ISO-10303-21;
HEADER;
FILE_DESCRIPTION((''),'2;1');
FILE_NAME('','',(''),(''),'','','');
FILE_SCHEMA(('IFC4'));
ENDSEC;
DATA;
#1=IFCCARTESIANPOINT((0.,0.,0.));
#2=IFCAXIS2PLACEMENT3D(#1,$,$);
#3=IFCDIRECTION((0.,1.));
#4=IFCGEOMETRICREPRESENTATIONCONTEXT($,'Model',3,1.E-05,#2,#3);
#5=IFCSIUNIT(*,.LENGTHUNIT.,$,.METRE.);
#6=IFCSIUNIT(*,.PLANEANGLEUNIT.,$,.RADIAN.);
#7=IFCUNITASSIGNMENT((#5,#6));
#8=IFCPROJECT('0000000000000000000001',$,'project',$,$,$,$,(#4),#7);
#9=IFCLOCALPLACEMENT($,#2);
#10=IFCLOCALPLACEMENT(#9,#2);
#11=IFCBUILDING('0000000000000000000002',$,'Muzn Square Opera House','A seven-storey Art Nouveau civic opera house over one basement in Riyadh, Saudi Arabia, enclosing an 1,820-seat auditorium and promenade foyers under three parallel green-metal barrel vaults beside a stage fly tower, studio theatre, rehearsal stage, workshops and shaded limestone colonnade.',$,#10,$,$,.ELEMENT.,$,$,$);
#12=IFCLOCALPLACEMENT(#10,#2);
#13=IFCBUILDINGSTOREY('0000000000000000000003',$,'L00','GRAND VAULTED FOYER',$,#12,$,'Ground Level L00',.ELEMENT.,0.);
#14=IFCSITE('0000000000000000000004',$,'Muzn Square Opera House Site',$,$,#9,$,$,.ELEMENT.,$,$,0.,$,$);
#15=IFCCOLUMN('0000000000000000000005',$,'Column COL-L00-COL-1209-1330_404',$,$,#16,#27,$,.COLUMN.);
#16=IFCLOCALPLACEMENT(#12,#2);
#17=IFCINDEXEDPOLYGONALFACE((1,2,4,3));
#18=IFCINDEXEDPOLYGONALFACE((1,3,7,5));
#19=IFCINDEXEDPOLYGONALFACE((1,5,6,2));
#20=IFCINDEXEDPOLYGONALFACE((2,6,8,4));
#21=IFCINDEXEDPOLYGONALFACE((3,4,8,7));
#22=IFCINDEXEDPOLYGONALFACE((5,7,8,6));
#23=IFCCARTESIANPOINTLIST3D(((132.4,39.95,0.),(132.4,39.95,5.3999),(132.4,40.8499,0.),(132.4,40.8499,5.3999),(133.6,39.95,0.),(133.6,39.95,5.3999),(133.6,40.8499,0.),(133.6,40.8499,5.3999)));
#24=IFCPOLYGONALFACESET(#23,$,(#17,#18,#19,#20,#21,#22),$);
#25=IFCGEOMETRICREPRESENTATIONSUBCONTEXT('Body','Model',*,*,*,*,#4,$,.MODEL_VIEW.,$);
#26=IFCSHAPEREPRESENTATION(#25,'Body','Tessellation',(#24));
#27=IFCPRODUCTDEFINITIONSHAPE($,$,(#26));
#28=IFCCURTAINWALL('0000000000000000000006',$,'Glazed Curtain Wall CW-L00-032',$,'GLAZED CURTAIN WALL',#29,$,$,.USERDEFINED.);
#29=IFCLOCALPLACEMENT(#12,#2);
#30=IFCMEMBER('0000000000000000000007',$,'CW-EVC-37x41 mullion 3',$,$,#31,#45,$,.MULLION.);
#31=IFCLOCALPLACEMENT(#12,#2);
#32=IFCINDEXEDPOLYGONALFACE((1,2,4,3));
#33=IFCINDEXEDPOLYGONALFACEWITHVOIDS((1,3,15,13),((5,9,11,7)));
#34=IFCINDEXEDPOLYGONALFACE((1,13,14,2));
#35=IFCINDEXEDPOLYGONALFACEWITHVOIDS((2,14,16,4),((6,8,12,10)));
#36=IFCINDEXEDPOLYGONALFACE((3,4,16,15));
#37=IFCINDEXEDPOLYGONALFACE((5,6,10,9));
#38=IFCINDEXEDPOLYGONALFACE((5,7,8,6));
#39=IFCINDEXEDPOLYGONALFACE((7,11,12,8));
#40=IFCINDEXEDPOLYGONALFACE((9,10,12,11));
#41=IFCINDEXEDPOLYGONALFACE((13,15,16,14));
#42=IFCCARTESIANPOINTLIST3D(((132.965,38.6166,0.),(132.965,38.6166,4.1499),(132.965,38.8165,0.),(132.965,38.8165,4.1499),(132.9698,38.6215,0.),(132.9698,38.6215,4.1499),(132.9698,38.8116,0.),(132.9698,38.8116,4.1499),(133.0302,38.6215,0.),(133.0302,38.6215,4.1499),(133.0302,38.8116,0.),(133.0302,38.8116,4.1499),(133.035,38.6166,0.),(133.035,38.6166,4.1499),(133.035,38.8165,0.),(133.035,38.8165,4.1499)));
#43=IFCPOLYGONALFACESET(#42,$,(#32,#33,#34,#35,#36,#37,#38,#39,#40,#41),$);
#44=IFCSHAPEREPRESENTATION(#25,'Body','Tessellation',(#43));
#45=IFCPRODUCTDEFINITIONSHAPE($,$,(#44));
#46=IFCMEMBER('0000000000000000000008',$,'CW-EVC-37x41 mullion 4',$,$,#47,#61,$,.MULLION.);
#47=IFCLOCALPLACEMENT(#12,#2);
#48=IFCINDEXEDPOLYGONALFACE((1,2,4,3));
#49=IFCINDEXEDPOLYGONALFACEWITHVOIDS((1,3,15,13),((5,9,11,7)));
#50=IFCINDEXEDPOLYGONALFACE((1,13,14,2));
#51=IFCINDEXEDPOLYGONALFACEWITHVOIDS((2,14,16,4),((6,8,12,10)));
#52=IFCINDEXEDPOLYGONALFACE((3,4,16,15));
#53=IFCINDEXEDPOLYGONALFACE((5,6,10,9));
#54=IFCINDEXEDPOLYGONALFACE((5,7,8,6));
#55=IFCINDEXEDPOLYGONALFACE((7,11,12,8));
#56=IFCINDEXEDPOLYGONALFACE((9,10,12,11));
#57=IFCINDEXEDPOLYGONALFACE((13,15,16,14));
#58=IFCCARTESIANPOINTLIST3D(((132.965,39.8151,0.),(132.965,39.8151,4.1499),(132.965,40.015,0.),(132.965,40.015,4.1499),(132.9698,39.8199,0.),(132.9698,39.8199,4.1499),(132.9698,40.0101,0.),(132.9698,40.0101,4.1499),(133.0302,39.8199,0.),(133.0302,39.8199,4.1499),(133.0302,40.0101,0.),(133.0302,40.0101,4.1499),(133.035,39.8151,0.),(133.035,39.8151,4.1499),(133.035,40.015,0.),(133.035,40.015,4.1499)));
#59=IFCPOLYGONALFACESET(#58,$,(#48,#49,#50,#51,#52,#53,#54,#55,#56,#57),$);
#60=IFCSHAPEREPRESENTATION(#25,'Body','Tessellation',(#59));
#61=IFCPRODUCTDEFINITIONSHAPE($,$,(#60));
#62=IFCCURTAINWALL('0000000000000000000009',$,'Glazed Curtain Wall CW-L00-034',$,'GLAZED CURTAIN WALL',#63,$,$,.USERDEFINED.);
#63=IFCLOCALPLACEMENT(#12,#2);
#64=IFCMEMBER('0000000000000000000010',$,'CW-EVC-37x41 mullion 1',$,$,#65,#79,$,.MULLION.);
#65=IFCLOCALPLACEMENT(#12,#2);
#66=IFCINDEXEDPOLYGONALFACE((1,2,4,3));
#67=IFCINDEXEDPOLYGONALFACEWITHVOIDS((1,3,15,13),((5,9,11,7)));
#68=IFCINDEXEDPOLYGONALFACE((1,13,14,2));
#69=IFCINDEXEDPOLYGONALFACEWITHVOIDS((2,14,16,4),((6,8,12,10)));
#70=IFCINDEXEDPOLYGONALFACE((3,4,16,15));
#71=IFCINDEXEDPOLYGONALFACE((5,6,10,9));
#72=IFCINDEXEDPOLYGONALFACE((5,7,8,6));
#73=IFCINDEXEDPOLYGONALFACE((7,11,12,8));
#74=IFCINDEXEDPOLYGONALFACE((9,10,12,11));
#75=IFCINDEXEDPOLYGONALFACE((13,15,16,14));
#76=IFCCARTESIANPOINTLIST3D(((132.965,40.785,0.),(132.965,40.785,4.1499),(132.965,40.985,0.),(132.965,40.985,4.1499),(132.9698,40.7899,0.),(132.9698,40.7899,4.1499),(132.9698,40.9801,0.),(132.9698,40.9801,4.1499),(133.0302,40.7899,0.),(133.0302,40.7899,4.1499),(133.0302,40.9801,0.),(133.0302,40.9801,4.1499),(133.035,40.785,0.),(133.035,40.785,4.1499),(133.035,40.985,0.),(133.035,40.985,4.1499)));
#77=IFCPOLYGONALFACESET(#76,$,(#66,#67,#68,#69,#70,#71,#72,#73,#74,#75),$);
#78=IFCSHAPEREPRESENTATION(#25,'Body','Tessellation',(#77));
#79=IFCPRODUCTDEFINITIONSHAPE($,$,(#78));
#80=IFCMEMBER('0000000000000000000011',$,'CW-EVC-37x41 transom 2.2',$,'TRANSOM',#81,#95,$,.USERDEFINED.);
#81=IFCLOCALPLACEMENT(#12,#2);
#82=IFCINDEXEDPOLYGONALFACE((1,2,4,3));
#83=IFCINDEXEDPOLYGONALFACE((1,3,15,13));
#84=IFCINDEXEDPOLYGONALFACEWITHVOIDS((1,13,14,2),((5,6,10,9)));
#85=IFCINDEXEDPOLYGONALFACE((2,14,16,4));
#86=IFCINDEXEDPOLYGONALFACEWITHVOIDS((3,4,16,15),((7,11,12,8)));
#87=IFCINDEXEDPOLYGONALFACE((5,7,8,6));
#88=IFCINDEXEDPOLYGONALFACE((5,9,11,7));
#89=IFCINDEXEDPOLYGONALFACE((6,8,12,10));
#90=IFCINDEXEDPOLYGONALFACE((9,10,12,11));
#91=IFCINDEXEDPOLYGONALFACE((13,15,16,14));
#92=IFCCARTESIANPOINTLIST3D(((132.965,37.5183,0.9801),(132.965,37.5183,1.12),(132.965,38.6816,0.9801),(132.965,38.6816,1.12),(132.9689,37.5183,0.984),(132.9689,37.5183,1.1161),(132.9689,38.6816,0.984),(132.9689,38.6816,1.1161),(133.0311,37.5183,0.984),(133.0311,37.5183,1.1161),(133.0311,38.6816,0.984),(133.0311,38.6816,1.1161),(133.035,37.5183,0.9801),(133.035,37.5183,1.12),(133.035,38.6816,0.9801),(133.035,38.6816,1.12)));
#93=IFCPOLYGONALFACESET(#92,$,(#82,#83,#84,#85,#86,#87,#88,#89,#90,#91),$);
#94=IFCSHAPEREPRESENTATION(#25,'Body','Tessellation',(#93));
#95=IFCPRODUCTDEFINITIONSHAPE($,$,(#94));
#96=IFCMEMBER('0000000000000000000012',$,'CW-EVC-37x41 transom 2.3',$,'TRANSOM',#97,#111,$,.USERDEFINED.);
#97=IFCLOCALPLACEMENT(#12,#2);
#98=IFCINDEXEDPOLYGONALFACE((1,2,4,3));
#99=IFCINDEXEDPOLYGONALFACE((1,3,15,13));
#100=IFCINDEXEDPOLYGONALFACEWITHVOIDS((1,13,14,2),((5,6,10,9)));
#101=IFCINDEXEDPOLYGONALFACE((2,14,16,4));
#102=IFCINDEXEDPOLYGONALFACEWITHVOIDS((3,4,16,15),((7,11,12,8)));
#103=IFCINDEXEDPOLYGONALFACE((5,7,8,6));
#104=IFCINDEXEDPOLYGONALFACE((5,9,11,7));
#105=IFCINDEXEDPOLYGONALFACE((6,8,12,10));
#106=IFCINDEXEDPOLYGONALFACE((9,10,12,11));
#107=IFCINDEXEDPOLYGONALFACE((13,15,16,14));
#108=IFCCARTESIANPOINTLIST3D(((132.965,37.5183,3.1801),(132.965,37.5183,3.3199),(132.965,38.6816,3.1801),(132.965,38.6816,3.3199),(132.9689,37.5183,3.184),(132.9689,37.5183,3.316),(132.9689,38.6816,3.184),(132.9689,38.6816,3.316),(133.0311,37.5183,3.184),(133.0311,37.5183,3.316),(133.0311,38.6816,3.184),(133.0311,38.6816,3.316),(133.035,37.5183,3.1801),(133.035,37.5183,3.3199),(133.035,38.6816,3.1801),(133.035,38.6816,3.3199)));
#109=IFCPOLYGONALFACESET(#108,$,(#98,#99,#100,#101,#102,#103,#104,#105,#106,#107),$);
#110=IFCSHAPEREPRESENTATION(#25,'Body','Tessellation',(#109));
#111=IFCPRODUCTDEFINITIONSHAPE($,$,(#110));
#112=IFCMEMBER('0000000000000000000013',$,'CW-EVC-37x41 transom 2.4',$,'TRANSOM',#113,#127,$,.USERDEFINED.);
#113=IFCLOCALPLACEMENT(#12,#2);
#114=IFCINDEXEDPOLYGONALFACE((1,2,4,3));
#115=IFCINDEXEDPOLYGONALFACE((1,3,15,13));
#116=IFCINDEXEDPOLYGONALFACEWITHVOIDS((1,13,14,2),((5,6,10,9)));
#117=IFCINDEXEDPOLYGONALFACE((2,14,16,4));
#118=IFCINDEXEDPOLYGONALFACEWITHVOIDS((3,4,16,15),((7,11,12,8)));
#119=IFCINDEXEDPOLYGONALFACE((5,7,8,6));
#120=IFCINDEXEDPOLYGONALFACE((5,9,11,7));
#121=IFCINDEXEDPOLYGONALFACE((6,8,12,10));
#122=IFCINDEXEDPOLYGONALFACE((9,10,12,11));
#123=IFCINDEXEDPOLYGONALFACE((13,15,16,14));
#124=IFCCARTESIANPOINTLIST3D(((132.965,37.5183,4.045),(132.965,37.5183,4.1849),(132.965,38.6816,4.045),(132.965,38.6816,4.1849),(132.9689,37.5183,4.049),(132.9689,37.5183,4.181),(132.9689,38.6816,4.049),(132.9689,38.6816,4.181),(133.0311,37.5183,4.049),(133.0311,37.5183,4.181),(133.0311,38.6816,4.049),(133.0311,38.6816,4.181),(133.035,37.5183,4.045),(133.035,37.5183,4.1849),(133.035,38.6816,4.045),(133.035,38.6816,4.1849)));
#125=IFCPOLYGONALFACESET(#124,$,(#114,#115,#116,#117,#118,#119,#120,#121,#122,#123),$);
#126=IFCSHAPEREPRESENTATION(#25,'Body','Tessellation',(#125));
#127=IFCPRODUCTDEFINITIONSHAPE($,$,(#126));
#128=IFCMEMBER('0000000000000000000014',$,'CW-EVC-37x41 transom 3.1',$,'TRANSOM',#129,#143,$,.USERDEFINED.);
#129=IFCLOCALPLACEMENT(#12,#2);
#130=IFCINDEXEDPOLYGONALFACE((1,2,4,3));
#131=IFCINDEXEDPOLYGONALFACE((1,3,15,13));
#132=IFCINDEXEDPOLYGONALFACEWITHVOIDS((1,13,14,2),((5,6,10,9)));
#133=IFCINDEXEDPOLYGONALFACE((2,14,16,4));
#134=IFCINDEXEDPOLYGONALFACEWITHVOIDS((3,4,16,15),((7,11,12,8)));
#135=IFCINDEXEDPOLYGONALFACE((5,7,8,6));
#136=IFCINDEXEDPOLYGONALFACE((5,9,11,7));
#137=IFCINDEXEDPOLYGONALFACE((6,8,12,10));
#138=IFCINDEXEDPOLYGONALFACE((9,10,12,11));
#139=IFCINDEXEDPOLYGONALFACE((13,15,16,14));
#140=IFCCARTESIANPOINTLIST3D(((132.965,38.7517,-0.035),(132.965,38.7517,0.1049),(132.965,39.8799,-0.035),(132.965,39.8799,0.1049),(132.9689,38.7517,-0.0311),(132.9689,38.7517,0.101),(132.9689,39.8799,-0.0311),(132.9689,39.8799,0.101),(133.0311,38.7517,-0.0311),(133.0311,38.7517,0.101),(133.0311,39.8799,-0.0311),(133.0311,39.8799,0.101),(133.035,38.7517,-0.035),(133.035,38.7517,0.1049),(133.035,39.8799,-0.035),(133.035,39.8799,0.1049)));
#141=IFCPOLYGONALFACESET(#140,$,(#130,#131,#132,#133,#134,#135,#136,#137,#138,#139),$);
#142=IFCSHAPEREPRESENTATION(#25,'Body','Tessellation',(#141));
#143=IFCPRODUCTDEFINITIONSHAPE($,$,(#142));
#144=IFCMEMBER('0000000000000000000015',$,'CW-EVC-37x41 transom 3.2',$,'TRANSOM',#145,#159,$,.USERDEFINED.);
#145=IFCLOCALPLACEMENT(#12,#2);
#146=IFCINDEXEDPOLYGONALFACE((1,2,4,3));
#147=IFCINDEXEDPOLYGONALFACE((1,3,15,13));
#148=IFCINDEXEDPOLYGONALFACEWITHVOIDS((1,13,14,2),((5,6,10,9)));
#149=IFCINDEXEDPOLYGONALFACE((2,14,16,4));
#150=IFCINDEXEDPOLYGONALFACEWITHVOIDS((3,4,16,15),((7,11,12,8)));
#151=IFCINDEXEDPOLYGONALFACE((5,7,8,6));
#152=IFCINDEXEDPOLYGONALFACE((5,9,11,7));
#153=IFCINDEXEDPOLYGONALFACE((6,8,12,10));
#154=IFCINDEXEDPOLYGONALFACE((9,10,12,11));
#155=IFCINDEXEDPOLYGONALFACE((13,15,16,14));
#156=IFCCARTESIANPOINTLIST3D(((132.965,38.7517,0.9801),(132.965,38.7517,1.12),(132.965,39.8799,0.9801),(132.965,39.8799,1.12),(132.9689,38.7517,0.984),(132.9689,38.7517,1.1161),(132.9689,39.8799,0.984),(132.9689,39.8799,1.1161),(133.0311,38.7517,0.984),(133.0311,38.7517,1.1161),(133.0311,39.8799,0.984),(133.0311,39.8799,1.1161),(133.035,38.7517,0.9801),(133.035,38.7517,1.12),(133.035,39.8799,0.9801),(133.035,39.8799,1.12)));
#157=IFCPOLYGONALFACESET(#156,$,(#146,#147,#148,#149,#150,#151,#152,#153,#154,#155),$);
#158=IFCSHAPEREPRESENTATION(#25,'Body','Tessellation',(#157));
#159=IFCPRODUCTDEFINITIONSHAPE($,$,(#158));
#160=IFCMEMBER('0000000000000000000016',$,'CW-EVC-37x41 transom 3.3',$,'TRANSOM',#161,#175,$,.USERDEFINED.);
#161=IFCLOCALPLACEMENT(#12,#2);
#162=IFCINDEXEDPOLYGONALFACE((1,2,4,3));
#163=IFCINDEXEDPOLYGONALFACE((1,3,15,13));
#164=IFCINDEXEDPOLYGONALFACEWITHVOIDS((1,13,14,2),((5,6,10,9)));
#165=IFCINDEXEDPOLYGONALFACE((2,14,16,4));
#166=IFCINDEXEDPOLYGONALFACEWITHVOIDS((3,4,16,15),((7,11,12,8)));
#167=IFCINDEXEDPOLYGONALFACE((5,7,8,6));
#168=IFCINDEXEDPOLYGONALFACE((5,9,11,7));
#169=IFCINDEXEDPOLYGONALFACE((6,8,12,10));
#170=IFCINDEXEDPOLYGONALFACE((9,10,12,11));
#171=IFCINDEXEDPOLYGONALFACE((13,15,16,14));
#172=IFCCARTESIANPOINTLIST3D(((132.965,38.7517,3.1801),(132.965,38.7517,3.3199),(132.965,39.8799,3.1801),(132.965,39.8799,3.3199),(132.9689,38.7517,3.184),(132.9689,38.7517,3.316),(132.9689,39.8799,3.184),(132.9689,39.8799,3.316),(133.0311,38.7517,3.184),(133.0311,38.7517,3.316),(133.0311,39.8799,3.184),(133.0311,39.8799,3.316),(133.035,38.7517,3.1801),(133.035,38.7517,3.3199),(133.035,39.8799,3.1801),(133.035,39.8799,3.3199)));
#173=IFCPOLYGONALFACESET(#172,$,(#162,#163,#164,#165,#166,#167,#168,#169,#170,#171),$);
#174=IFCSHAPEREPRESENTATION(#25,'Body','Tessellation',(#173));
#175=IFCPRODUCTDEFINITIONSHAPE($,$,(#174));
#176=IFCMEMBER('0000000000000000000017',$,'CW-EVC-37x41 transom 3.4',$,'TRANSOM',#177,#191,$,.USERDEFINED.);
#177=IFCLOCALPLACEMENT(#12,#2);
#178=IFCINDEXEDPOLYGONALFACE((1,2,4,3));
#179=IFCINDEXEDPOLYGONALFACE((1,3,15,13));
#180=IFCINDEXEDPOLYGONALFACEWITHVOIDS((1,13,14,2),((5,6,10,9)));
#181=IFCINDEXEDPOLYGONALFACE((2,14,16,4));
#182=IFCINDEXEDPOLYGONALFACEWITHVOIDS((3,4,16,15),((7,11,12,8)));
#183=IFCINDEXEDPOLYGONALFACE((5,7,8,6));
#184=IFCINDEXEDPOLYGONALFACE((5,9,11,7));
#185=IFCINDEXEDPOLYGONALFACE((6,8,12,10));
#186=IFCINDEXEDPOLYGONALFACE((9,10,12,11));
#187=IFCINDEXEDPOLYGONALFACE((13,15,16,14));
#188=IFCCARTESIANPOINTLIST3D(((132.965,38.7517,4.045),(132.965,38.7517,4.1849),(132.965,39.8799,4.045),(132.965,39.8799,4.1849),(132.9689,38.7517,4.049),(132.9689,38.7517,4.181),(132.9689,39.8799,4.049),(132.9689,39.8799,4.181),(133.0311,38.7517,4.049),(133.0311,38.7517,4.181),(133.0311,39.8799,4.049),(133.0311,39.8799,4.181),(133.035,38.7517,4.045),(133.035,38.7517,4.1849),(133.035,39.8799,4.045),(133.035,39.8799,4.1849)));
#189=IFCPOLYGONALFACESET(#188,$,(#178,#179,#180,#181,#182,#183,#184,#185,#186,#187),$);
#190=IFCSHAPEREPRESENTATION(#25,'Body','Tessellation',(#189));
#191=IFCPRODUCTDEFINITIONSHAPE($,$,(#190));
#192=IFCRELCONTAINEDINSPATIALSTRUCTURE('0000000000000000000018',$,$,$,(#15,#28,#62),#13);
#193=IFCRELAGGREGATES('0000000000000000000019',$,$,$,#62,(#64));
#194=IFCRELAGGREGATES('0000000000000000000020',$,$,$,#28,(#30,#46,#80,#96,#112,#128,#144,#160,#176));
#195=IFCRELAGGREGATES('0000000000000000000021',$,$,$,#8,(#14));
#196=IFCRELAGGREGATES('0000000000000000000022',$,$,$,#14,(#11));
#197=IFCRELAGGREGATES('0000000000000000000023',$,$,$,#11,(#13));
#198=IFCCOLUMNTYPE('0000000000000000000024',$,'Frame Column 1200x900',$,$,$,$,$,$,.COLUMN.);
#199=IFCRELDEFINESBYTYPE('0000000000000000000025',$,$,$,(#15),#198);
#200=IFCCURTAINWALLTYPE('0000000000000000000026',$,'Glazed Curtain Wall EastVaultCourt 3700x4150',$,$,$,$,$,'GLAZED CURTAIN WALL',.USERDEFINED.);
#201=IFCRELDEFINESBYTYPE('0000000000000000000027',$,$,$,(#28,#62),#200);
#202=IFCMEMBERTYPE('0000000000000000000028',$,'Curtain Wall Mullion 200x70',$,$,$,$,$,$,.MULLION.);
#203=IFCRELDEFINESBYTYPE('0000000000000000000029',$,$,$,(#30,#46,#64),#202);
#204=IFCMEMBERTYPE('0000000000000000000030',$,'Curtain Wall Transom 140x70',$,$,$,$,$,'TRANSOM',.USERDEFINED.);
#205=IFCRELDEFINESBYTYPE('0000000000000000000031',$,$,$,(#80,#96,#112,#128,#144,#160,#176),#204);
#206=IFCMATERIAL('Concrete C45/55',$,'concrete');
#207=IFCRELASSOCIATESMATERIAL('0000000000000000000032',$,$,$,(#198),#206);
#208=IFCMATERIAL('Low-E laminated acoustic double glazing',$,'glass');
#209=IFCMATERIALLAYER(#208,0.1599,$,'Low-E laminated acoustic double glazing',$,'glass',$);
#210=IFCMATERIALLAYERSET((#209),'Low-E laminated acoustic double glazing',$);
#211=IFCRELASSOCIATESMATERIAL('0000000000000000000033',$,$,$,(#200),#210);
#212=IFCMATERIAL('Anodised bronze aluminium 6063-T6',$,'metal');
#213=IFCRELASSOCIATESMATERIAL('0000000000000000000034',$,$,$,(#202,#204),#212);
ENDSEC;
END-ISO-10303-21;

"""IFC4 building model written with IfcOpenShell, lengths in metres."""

from ifc_helpers import new_model, si_unit, direction, frame, origin, origin_2d, place, context, subcontext, project, spatial, rectangle, hollow_rectangle, extrude, material, layer, layer_set, material_profile, profile_set, type_object, element, aggregate, save


model = new_model("IFC4")

# Units and contexts
model_context = context("Model", 3, precision=1e-05, world=origin(), true_north=direction((0.0, 1.0)))
body_context = subcontext(model_context, "Body", "Model", "MODEL_VIEW")
ifc_project = project(units=[si_unit("LENGTHUNIT", "METRE"), si_unit("PLANEANGLEUNIT", "RADIAN")], contexts=[model_context])

# Site, building, storey
site_placement = place(None, origin())
site = spatial("IfcSite", under=ifc_project, at=site_placement, Name="Muzn Square Opera House Site", CompositionType="ELEMENT", RefElevation=0.0)
building_placement = place(site_placement, origin())
building = spatial("IfcBuilding", under=site, at=building_placement, Name="Muzn Square Opera House", Description="A seven-storey Art Nouveau civic opera house over one basement in Riyadh, Saudi Arabia, enclosing an 1,820-seat auditorium and promenade foyers under three parallel green-metal barrel vaults beside a stage fly tower, studio theatre, rehearsal stage, workshops and shaded limestone colonnade.", CompositionType="ELEMENT")
storey_placement = place(building_placement, origin())
storey = spatial("IfcBuildingStorey", under=building, at=storey_placement, Name="L00", Description="GRAND VAULTED FOYER", LongName="Ground Level L00", CompositionType="ELEMENT", Elevation=0.0)

# Column
ifc_material_1 = material(Name="Concrete C45/55", Category="concrete")
ifc_material_profile_1 = material_profile(ifc_material_1, rectangle(XDim=1.2, YDim=0.8999, at=origin_2d()), Name="RC 1200x900", Category="concrete")
ifc_profile_set_1 = profile_set([ifc_material_profile_1], Name="Concrete C45/55")
column_type = type_object("IfcColumnType", Name="Frame Column 1200x900", PredefinedType="COLUMN", material=ifc_profile_set_1)
column_placement = place(storey_placement, frame((133.0, 40.3999, 0.0), z_axis=(0.0, 0.0, 1.0), x_axis=(1.0, 0.0, 0.0)))
element("IfcColumn", 1, at=column_placement, inside=storey, type_object=column_type, Name="Column COL-L00-COL-1209-1330_404", PredefinedType="COLUMN", context=body_context, shape_type="SweptSolid", body=[
    extrude(rectangle(XDim=1.2, YDim=0.8999, at=origin_2d()), origin(), (0.0, 0.0, 1.0), 5.3999),
])

# Curtain wall, members
ifc_material_2 = material(Name="Low-E laminated acoustic double glazing", Category="glass")
ifc_layer_1 = layer(ifc_material_2, 0.1599, Name="Low-E laminated acoustic double glazing", Category="glass")
ifc_layer_set_1 = layer_set([ifc_layer_1], Name="Low-E laminated acoustic double glazing")
curtain_wall_type = type_object("IfcCurtainWallType", Name="Glazed Curtain Wall EastVaultCourt 3700x4150", ElementType="GLAZED CURTAIN WALL", PredefinedType="USERDEFINED", material=ifc_layer_set_1)
curtain_wall_1_placement = place(storey_placement, origin())
curtain_wall_1 = element("IfcCurtainWall", 2, at=curtain_wall_1_placement, inside=storey, type_object=curtain_wall_type, Name="Glazed Curtain Wall CW-L00-032", ObjectType="GLAZED CURTAIN WALL", PredefinedType="USERDEFINED")
ifc_material_3 = material(Name="Anodised bronze aluminium 6063-T6", Category="metal")
ifc_material_profile_2 = material_profile(ifc_material_3, hollow_rectangle(XDim=0.0701, YDim=0.2, WallThickness=0.0049, at=origin_2d()), Name="ALU 200x70x5", Category="metal")
ifc_profile_set_2 = profile_set([ifc_material_profile_2], Name="Anodised bronze aluminium 6063-T6")
member_type_1 = type_object("IfcMemberType", Name="Curtain Wall Mullion 200x70", PredefinedType="MULLION", material=ifc_profile_set_2)
member_1_placement = place(storey_placement, frame((133.0, 38.7166, 0.0), z_axis=(0.0, 0.0, 1.0), x_axis=(-1.0, 0.0, 0.0)))
member_1 = element("IfcMember", 3, at=member_1_placement, type_object=member_type_1, Name="CW-EVC-37x41 mullion 3", PredefinedType="MULLION", context=body_context, shape_type="SweptSolid", body=[
    extrude(hollow_rectangle(XDim=0.0701, YDim=0.2, WallThickness=0.0049, at=origin_2d()), origin(), (0.0, 0.0, 1.0), 4.1499),
])
member_2_placement = place(storey_placement, frame((133.0, 39.915, 0.0), z_axis=(0.0, 0.0, 1.0), x_axis=(-1.0, 0.0, 0.0)))
member_2 = element("IfcMember", 4, at=member_2_placement, type_object=member_type_1, Name="CW-EVC-37x41 mullion 4", PredefinedType="MULLION", context=body_context, shape_type="SweptSolid", body=[
    extrude(hollow_rectangle(XDim=0.0701, YDim=0.2, WallThickness=0.0049, at=origin_2d()), origin(), (0.0, 0.0, 1.0), 4.1499),
])

# Curtain wall, member
curtain_wall_2_placement = place(storey_placement, origin())
curtain_wall_2 = element("IfcCurtainWall", 5, at=curtain_wall_2_placement, inside=storey, type_object=curtain_wall_type, Name="Glazed Curtain Wall CW-L00-034", ObjectType="GLAZED CURTAIN WALL", PredefinedType="USERDEFINED")
member_3_placement = place(storey_placement, frame((133.0, 40.885, 0.0), z_axis=(0.0, 0.0, 1.0), x_axis=(-1.0, 0.0, 0.0)))
member_3 = element("IfcMember", 6, at=member_3_placement, type_object=member_type_1, Name="CW-EVC-37x41 mullion 1", PredefinedType="MULLION", context=body_context, shape_type="SweptSolid", body=[
    extrude(hollow_rectangle(XDim=0.0701, YDim=0.2, WallThickness=0.0049, at=origin_2d()), origin(), (0.0, 0.0, 1.0), 4.1499),
])

# Members
ifc_material_profile_3 = material_profile(ifc_material_3, hollow_rectangle(XDim=0.0701, YDim=0.1399, WallThickness=0.0039, at=origin_2d()), Name="ALU 140x70x4", Category="metal")
ifc_profile_set_3 = profile_set([ifc_material_profile_3], Name="Anodised bronze aluminium 6063-T6")
member_type_2 = type_object("IfcMemberType", Name="Curtain Wall Transom 140x70", ElementType="TRANSOM", PredefinedType="USERDEFINED", material=ifc_profile_set_3)
member_4_placement = place(storey_placement, frame((133.0, 37.5183, 1.05), z_axis=(0.0, 1.0, 0.0), x_axis=(-1.0, 0.0, 0.0)))
member_4 = element("IfcMember", 7, at=member_4_placement, type_object=member_type_2, Name="CW-EVC-37x41 transom 2.2", ObjectType="TRANSOM", PredefinedType="USERDEFINED", context=body_context, shape_type="SweptSolid", body=[
    extrude(hollow_rectangle(XDim=0.0701, YDim=0.1399, WallThickness=0.0039, at=origin_2d()), origin(), (0.0, 0.0, 1.0), 1.1633),
])
member_5_placement = place(storey_placement, frame((133.0, 37.5183, 3.25), z_axis=(0.0, 1.0, 0.0), x_axis=(-1.0, 0.0, 0.0)))
member_5 = element("IfcMember", 8, at=member_5_placement, type_object=member_type_2, Name="CW-EVC-37x41 transom 2.3", ObjectType="TRANSOM", PredefinedType="USERDEFINED", context=body_context, shape_type="SweptSolid", body=[
    extrude(hollow_rectangle(XDim=0.0701, YDim=0.1399, WallThickness=0.0039, at=origin_2d()), origin(), (0.0, 0.0, 1.0), 1.1633),
])
member_6_placement = place(storey_placement, frame((133.0, 37.5183, 4.115), z_axis=(0.0, 1.0, 0.0), x_axis=(-1.0, 0.0, 0.0)))
member_6 = element("IfcMember", 9, at=member_6_placement, type_object=member_type_2, Name="CW-EVC-37x41 transom 2.4", ObjectType="TRANSOM", PredefinedType="USERDEFINED", context=body_context, shape_type="SweptSolid", body=[
    extrude(hollow_rectangle(XDim=0.0701, YDim=0.1399, WallThickness=0.0039, at=origin_2d()), origin(), (0.0, 0.0, 1.0), 1.1633),
])
member_7_placement = place(storey_placement, frame((133.0, 38.7517, 0.0349), z_axis=(0.0, 1.0, 0.0), x_axis=(-1.0, 0.0, 0.0)))
member_7 = element("IfcMember", 10, at=member_7_placement, type_object=member_type_2, Name="CW-EVC-37x41 transom 3.1", ObjectType="TRANSOM", PredefinedType="USERDEFINED", context=body_context, shape_type="SweptSolid", body=[
    extrude(hollow_rectangle(XDim=0.0701, YDim=0.1399, WallThickness=0.0039, at=origin_2d()), origin(), (0.0, 0.0, 1.0), 1.1282),
])
member_8_placement = place(storey_placement, frame((133.0, 38.7517, 1.05), z_axis=(0.0, 1.0, 0.0), x_axis=(-1.0, 0.0, 0.0)))
member_8 = element("IfcMember", 11, at=member_8_placement, type_object=member_type_2, Name="CW-EVC-37x41 transom 3.2", ObjectType="TRANSOM", PredefinedType="USERDEFINED", context=body_context, shape_type="SweptSolid", body=[
    extrude(hollow_rectangle(XDim=0.0701, YDim=0.1399, WallThickness=0.0039, at=origin_2d()), origin(), (0.0, 0.0, 1.0), 1.1282),
])
member_9_placement = place(storey_placement, frame((133.0, 38.7517, 3.25), z_axis=(0.0, 1.0, 0.0), x_axis=(-1.0, 0.0, 0.0)))
member_9 = element("IfcMember", 12, at=member_9_placement, type_object=member_type_2, Name="CW-EVC-37x41 transom 3.3", ObjectType="TRANSOM", PredefinedType="USERDEFINED", context=body_context, shape_type="SweptSolid", body=[
    extrude(hollow_rectangle(XDim=0.0701, YDim=0.1399, WallThickness=0.0039, at=origin_2d()), origin(), (0.0, 0.0, 1.0), 1.1282),
])
member_10_placement = place(storey_placement, frame((133.0, 38.7517, 4.115), z_axis=(0.0, 1.0, 0.0), x_axis=(-1.0, 0.0, 0.0)))
member_10 = element("IfcMember", 13, at=member_10_placement, type_object=member_type_2, Name="CW-EVC-37x41 transom 3.4", ObjectType="TRANSOM", PredefinedType="USERDEFINED", context=body_context, shape_type="SweptSolid", body=[
    extrude(hollow_rectangle(XDim=0.0701, YDim=0.1399, WallThickness=0.0039, at=origin_2d()), origin(), (0.0, 0.0, 1.0), 1.1282),
])
aggregate(curtain_wall_2, [member_3])

aggregate(curtain_wall_1, [member_1, member_2, member_4, member_5, member_6, member_7, member_8, member_9, member_10])

save(model, "model.ifc")
